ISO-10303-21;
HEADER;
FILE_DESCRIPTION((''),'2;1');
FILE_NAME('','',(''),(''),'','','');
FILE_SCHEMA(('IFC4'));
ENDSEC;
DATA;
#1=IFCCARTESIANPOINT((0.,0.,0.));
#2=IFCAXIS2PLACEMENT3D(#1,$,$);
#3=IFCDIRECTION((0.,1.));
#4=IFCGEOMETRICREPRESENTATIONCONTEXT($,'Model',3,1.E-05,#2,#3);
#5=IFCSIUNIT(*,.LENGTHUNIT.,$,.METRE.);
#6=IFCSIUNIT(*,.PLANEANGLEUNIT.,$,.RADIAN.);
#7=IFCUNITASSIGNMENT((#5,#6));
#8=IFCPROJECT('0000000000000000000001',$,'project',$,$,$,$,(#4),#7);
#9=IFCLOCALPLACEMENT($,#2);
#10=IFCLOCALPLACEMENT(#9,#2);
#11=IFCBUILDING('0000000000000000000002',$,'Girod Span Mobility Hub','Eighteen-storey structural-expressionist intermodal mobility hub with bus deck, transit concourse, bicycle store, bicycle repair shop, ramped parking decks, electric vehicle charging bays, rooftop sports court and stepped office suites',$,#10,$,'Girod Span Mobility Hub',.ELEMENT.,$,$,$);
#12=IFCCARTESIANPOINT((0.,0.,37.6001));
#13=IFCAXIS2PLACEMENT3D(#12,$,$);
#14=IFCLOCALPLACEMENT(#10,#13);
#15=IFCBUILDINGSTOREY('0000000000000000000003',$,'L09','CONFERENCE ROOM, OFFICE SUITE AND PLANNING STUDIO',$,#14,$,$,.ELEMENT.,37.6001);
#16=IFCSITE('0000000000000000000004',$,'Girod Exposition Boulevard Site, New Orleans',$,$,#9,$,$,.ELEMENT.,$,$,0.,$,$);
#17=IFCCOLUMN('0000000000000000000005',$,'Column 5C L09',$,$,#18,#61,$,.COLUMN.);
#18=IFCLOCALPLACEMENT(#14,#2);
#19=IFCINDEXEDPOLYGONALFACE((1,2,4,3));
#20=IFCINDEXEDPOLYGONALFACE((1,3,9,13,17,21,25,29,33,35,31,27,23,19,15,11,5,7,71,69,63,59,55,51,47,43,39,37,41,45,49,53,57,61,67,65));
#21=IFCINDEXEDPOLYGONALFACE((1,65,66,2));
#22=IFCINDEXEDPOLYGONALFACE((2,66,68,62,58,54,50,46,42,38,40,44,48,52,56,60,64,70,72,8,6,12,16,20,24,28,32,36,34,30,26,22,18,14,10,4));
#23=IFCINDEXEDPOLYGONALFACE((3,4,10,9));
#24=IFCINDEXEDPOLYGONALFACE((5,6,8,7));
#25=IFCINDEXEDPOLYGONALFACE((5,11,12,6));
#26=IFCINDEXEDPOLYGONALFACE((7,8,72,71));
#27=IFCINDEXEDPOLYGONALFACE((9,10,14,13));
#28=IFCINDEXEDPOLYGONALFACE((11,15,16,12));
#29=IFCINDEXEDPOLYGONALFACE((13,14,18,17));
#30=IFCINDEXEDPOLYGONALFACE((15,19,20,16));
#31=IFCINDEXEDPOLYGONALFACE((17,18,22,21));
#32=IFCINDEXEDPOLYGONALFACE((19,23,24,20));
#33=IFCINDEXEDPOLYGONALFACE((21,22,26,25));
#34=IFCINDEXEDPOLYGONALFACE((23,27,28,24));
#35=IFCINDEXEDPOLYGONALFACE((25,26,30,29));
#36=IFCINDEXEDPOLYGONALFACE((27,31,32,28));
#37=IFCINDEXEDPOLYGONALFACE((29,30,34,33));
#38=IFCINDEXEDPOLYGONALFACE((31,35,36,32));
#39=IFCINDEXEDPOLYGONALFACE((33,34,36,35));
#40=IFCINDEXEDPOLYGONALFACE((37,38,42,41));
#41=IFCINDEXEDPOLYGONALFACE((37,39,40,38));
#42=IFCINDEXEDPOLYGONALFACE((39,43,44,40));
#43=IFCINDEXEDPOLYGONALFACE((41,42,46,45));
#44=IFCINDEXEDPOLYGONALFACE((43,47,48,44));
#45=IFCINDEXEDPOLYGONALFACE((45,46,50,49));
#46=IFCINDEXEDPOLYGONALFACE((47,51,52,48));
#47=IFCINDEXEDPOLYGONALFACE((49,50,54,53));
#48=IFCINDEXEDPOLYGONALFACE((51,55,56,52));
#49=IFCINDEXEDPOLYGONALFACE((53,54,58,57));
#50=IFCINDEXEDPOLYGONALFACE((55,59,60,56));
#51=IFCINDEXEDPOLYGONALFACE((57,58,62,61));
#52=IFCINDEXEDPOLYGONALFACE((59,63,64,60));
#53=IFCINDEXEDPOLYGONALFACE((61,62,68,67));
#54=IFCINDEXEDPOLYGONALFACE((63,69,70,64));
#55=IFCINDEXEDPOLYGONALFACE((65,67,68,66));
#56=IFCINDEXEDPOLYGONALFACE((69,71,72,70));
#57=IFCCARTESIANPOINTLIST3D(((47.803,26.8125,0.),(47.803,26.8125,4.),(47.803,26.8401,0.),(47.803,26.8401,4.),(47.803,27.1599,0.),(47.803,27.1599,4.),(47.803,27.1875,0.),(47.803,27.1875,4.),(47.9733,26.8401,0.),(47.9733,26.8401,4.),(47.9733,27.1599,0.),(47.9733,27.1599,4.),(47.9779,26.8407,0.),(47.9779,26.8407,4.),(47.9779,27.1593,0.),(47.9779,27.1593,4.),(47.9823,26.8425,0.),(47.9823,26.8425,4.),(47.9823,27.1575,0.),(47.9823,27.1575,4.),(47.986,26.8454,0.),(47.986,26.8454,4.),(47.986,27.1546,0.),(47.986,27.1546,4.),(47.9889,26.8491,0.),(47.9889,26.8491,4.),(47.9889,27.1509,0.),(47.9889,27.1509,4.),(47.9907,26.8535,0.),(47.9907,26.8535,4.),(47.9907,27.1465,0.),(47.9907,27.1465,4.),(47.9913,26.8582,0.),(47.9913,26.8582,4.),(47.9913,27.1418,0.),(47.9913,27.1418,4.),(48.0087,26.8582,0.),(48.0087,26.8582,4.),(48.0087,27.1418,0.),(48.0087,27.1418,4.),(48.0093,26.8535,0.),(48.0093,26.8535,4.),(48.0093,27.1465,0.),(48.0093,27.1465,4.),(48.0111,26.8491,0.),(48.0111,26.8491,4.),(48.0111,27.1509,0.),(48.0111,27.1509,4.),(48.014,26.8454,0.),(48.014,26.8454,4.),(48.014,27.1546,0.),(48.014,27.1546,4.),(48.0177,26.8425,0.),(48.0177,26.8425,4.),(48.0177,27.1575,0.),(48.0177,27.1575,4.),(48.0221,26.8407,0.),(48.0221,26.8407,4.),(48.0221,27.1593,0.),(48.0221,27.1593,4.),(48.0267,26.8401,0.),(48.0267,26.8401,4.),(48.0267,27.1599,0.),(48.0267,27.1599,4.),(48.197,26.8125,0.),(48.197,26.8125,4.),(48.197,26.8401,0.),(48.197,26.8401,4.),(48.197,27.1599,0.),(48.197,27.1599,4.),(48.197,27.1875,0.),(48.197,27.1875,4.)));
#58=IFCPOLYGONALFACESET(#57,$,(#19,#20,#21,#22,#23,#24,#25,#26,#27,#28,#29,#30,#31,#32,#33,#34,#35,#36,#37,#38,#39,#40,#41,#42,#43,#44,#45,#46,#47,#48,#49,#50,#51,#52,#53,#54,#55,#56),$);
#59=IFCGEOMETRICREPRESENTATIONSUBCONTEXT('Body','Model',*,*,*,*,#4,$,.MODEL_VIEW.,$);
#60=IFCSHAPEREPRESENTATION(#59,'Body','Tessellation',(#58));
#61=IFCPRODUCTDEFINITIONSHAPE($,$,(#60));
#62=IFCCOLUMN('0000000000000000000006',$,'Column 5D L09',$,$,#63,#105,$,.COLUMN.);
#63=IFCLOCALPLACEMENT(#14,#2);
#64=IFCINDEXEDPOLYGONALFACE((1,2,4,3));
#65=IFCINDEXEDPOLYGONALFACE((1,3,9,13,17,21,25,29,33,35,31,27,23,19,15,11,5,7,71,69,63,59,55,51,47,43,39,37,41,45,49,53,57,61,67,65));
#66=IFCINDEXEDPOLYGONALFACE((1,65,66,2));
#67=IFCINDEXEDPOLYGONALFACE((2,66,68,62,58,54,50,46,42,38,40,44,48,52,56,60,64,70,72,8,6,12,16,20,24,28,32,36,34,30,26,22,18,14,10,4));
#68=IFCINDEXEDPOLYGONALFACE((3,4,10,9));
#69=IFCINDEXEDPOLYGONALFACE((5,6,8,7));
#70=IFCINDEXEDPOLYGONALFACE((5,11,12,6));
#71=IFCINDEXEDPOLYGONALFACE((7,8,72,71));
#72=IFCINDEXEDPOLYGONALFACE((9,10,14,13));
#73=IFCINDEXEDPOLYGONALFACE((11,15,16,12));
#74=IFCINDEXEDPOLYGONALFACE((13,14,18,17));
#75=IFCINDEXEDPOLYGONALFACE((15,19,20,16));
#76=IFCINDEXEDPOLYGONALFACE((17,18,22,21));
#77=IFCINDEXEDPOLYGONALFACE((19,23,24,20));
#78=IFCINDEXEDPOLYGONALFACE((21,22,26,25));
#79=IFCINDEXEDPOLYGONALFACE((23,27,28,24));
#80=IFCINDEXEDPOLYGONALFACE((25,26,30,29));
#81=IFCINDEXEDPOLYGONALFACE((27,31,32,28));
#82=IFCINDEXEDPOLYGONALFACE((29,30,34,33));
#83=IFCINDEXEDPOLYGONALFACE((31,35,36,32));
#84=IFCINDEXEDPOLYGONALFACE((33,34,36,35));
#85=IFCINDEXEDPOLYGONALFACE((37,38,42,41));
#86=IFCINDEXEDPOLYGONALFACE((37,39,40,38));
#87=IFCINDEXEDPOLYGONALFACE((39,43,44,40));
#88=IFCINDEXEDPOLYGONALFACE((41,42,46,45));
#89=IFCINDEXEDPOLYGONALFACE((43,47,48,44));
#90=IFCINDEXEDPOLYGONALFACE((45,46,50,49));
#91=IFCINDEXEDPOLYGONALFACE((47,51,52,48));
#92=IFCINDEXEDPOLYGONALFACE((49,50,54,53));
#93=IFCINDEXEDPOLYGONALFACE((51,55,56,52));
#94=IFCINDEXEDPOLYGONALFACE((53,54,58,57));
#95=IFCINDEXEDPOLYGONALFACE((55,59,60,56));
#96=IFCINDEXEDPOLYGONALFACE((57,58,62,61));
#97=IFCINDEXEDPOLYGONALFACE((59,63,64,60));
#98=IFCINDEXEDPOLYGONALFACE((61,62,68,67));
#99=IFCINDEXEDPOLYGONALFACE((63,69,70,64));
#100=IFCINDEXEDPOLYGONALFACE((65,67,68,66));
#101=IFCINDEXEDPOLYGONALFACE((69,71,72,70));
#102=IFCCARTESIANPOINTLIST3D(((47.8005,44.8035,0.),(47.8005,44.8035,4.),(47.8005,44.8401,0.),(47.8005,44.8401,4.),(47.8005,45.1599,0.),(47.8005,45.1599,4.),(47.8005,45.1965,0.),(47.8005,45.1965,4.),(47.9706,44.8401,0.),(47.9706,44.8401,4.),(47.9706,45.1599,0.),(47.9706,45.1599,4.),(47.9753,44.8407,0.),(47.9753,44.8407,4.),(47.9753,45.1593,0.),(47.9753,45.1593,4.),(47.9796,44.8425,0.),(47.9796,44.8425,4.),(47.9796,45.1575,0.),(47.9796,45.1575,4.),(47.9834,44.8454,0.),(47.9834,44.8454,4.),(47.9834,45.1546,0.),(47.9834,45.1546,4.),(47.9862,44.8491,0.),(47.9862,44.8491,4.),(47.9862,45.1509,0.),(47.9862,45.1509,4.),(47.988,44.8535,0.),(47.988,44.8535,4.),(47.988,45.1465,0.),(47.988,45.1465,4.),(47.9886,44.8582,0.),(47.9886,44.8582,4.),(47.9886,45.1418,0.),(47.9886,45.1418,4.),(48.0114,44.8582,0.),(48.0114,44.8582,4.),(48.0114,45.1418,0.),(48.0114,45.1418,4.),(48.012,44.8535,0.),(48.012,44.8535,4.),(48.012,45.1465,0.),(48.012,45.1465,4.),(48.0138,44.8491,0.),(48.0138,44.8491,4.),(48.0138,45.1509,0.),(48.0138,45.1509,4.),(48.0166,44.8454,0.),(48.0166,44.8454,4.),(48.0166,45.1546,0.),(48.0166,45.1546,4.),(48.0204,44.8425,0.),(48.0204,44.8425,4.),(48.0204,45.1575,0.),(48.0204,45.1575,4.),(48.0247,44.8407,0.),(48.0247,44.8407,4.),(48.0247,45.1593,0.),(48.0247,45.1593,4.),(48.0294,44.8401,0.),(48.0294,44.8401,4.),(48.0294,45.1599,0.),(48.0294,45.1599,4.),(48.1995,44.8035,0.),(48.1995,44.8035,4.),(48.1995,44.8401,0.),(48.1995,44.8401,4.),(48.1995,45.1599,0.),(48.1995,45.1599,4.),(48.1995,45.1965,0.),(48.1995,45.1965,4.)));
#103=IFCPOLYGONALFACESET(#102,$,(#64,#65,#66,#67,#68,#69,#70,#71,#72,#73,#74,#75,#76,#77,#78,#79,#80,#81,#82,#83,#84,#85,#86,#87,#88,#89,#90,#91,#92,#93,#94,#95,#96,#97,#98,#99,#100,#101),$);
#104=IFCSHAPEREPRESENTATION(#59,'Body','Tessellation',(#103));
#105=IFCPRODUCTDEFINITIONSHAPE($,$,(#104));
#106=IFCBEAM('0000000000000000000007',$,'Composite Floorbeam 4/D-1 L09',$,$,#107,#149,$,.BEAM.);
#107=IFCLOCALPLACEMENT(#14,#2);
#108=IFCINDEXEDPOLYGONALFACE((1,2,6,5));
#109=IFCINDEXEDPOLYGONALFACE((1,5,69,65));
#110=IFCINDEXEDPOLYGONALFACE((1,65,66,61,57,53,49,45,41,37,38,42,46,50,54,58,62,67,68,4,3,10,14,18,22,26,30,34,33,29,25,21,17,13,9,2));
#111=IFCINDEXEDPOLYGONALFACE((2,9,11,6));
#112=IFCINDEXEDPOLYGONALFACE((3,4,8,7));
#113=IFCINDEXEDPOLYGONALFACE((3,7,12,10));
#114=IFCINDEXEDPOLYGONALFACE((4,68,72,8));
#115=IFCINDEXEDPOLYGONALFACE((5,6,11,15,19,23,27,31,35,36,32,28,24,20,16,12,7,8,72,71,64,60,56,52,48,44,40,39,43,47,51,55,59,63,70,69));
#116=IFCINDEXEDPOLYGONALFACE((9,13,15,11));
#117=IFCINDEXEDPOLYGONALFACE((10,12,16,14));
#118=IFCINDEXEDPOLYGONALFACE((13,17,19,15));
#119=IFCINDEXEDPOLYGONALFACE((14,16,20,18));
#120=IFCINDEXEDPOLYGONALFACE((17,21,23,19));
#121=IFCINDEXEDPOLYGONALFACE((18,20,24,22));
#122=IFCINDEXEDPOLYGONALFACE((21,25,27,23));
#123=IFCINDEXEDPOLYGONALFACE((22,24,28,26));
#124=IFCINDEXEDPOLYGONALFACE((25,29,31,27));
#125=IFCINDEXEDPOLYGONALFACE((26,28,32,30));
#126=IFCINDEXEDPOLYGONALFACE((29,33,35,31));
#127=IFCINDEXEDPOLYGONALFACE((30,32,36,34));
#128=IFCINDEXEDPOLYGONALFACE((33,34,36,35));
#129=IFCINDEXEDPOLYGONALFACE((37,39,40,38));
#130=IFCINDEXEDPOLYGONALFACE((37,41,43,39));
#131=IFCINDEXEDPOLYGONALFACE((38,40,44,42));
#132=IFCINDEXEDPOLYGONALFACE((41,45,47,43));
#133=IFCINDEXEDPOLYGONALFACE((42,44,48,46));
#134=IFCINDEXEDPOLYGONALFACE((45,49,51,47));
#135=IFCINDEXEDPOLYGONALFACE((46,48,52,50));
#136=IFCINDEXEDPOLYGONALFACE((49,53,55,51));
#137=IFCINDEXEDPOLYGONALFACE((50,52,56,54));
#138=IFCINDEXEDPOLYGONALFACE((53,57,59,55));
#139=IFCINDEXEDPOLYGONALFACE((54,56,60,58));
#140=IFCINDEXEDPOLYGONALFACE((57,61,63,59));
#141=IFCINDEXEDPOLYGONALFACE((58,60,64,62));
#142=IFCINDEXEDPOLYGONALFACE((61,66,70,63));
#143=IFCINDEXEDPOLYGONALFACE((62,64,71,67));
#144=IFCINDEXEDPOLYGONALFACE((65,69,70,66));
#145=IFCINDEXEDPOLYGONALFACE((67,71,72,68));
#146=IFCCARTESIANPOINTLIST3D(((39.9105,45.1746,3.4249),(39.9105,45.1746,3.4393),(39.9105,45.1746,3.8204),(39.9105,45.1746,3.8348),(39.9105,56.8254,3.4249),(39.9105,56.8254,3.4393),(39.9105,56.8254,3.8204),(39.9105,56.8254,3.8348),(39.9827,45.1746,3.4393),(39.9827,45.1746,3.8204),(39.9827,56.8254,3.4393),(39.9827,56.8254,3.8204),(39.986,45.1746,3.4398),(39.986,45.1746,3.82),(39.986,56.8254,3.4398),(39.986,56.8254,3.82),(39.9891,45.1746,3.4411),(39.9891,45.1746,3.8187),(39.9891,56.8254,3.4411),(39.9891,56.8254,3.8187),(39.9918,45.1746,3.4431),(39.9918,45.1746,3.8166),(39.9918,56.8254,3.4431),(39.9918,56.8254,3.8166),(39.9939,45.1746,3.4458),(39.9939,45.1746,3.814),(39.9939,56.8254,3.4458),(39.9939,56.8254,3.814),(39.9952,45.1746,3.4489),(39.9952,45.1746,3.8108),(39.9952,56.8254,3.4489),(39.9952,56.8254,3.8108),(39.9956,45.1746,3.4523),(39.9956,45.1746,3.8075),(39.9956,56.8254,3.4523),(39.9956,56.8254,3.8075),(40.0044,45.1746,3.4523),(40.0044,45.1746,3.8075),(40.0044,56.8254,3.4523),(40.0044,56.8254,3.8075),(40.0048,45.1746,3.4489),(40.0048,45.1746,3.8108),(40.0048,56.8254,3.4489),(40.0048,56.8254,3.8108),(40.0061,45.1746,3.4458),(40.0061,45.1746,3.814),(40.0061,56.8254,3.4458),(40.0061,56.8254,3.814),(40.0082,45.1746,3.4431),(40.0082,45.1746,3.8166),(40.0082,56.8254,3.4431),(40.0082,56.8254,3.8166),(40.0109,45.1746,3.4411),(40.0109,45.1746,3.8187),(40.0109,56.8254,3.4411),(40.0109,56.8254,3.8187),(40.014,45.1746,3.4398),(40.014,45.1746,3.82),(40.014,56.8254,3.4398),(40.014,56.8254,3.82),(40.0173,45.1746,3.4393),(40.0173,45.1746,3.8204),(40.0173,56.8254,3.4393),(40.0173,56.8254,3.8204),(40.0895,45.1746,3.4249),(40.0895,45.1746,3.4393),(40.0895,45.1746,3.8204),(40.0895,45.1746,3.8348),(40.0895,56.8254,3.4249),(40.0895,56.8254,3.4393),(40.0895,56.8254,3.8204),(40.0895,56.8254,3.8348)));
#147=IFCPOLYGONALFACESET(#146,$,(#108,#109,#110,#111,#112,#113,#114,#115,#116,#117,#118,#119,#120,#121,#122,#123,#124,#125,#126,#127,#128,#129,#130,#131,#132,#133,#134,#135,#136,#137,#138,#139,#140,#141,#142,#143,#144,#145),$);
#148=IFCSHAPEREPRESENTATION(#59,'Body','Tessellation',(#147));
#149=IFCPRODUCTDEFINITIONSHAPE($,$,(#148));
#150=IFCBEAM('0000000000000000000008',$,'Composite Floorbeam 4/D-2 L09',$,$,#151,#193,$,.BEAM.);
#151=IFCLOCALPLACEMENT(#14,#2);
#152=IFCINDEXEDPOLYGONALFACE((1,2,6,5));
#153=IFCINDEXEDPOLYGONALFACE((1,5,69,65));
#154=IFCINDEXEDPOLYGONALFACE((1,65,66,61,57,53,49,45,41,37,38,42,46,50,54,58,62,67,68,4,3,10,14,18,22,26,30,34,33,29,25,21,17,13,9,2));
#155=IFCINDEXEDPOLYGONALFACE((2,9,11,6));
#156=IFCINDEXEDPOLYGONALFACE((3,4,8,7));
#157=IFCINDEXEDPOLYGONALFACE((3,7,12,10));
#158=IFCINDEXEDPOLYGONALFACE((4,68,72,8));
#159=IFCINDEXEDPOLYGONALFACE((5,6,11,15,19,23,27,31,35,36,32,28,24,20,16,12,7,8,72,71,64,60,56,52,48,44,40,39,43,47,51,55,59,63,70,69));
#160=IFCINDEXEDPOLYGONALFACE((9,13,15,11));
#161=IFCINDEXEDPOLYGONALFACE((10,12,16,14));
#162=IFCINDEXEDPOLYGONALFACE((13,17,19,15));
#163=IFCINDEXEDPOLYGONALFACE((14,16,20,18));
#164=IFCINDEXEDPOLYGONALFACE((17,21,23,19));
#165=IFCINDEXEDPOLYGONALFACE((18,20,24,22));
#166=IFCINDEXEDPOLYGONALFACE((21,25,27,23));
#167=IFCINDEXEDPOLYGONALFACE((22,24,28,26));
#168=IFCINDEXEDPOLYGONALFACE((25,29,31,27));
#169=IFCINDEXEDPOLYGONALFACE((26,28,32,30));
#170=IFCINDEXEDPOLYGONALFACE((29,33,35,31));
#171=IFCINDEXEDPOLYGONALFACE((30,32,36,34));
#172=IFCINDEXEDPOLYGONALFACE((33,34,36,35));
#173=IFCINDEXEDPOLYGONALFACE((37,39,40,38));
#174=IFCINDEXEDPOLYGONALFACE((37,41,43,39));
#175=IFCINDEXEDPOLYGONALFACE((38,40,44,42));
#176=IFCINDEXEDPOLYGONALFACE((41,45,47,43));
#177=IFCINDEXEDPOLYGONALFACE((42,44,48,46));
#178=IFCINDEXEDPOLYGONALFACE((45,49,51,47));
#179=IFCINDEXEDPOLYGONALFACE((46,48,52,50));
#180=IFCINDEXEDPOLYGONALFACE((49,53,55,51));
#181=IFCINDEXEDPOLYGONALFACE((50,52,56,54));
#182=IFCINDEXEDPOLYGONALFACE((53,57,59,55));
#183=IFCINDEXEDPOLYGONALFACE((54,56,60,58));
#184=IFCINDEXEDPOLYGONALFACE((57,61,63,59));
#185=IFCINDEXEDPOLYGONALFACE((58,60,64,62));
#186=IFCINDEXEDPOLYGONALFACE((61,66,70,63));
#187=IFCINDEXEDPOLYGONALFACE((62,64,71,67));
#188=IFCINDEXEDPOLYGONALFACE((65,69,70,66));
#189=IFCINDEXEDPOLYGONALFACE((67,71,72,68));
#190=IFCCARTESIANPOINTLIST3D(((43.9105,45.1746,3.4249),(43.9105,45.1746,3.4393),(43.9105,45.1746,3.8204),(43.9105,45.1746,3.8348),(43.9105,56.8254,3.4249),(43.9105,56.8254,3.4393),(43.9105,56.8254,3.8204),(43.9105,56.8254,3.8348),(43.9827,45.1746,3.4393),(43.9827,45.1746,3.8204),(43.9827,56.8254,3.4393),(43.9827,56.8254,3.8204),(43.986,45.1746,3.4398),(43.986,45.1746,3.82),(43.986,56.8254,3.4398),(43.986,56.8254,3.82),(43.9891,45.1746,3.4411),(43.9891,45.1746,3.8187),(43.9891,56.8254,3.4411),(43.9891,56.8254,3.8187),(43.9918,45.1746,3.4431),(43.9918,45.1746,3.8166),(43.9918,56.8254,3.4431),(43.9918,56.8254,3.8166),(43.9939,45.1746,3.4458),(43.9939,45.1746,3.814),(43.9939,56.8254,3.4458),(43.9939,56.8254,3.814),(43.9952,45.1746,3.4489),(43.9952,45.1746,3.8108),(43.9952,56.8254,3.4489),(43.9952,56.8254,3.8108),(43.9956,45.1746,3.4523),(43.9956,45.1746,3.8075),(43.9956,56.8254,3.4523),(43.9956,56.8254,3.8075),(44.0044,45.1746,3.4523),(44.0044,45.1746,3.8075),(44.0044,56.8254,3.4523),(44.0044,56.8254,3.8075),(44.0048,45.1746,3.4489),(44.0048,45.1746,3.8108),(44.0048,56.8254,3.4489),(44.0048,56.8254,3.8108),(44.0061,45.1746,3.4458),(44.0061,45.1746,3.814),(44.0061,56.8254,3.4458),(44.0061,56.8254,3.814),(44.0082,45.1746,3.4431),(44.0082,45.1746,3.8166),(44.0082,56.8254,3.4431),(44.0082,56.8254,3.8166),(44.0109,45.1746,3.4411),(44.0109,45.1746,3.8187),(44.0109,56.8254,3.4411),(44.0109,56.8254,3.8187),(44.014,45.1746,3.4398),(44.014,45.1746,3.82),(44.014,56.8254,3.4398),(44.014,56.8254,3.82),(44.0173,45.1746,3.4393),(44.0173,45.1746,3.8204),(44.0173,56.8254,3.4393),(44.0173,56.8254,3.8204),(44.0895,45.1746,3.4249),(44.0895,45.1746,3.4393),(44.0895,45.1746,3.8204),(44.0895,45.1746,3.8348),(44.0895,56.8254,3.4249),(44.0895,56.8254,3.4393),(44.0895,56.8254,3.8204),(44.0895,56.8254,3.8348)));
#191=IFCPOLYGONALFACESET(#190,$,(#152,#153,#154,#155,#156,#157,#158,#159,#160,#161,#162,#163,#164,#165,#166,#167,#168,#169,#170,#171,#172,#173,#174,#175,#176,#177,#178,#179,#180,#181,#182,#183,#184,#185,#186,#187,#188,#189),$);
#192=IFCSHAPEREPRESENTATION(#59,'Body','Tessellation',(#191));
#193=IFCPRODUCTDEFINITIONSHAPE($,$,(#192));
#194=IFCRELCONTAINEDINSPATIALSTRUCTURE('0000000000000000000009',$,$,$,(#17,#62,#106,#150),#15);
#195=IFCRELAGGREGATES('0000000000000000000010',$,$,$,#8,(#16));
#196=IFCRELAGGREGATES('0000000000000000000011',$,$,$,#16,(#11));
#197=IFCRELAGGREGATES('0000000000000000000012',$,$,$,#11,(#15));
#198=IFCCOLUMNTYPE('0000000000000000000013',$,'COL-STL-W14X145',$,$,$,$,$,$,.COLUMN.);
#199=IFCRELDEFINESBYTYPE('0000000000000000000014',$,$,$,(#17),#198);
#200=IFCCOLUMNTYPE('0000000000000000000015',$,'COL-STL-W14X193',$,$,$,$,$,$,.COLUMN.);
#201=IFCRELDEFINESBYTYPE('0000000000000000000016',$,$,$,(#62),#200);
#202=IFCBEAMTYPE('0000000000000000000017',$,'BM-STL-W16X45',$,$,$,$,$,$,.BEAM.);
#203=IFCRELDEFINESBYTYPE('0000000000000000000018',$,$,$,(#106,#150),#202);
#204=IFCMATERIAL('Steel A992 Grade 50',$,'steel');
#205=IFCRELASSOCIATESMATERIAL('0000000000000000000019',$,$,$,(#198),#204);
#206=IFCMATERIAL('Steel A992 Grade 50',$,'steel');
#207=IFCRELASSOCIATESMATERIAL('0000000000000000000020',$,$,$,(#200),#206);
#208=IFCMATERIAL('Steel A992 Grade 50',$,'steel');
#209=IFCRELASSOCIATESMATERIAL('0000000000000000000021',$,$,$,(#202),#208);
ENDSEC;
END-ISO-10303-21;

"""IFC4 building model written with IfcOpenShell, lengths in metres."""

from ifc_helpers import new_model, si_unit, direction, frame, origin, origin_2d, place, context, subcontext, project, spatial, i_section, extrude, material, material_profile, profile_set, type_object, element, save


model = new_model("IFC4")

# Units and contexts
model_context = context("Model", 3, precision=1e-05, world=origin(), true_north=direction((0.0, 1.0)))
body_context = subcontext(model_context, "Body", "Model", "MODEL_VIEW")
ifc_project = project(units=[si_unit("LENGTHUNIT", "METRE"), si_unit("PLANEANGLEUNIT", "RADIAN")], contexts=[model_context])

# Site, building, storey
site_placement = place(None, origin())
site = spatial("IfcSite", under=ifc_project, at=site_placement, Name="Girod Exposition Boulevard Site, New Orleans", CompositionType="ELEMENT", RefElevation=0.0)
building_placement = place(site_placement, origin())
building = spatial("IfcBuilding", under=site, at=building_placement, Name="Girod Span Mobility Hub", Description="Eighteen-storey structural-expressionist intermodal mobility hub with bus deck, transit concourse, bicycle store, bicycle repair shop, ramped parking decks, electric vehicle charging bays, rooftop sports court and stepped office suites", LongName="Girod Span Mobility Hub", CompositionType="ELEMENT")
storey_placement = place(building_placement, frame((0.0, 0.0, 37.6001)))
storey = spatial("IfcBuildingStorey", under=building, at=storey_placement, Name="L09", Description="CONFERENCE ROOM, OFFICE SUITE AND PLANNING STUDIO", CompositionType="ELEMENT", Elevation=37.6001)

# Columns
ifc_material_1 = material(Name="Steel A992 Grade 50", Category="steel")
ifc_material_profile_1 = material_profile(ifc_material_1, i_section(OverallWidth=0.394, OverallDepth=0.375, WebThickness=0.0173, FlangeThickness=0.0276, FilletRadius=0.0181, at=origin_2d()), Name="W14X145")
ifc_profile_set_1 = profile_set([ifc_material_profile_1], Name="Steel A992 Grade 50")
column_type_1 = type_object("IfcColumnType", Name="COL-STL-W14X145", PredefinedType="COLUMN", material=ifc_profile_set_1)
column_1_placement = place(storey_placement, frame((48.0, 27.0, 0.0), z_axis=(0.0, 0.0, 1.0), x_axis=(1.0, 0.0, 0.0)))
element("IfcColumn", 1, at=column_1_placement, inside=storey, type_object=column_type_1, Name="Column 5C L09", PredefinedType="COLUMN", context=body_context, shape_type="SweptSolid", body=[
    extrude(i_section(OverallWidth=0.394, OverallDepth=0.375, WebThickness=0.0173, FlangeThickness=0.0276, FilletRadius=0.0181, at=origin_2d()), origin(), (0.0, 0.0, 1.0), 4.0),
])
ifc_material_2 = material(Name="Steel A992 Grade 50", Category="steel")
ifc_material_profile_2 = material_profile(ifc_material_2, i_section(OverallWidth=0.3989, OverallDepth=0.3931, WebThickness=0.0227, FlangeThickness=0.0366, FilletRadius=0.0181, at=origin_2d()), Name="W14X193")
ifc_profile_set_2 = profile_set([ifc_material_profile_2], Name="Steel A992 Grade 50")
column_type_2 = type_object("IfcColumnType", Name="COL-STL-W14X193", PredefinedType="COLUMN", material=ifc_profile_set_2)
column_2_placement = place(storey_placement, frame((48.0, 45.0, 0.0), z_axis=(0.0, 0.0, 1.0), x_axis=(1.0, 0.0, 0.0)))
element("IfcColumn", 2, at=column_2_placement, inside=storey, type_object=column_type_2, Name="Column 5D L09", PredefinedType="COLUMN", context=body_context, shape_type="SweptSolid", body=[
    extrude(i_section(OverallWidth=0.3989, OverallDepth=0.3931, WebThickness=0.0227, FlangeThickness=0.0366, FilletRadius=0.0181, at=origin_2d()), origin(), (0.0, 0.0, 1.0), 4.0),
])

# Beams
ifc_material_3 = material(Name="Steel A992 Grade 50", Category="steel")
ifc_material_profile_3 = material_profile(ifc_material_3, i_section(OverallWidth=0.179, OverallDepth=0.4099, WebThickness=0.0088, FlangeThickness=0.0144, FilletRadius=0.0129, at=origin_2d()), Name="W16X45")
ifc_profile_set_3 = profile_set([ifc_material_profile_3], Name="Steel A992 Grade 50")
beam_type_1 = type_object("IfcBeamType", Name="BM-STL-W16X45", PredefinedType="BEAM", material=ifc_profile_set_3)
for number, where, z_axis, x_axis, name in (
    (3, (40.0, 45.1746, 3.6299), (0.0, 1.0, 0.0), (-1.0, 0.0, 0.0), "Composite Floorbeam 4/D-1 L09"),
    (4, (44.0, 45.1746, 3.6299), (0.0, 1.0, 0.0), (-1.0, 0.0, 0.0), "Composite Floorbeam 4/D-2 L09"),
):
    element("IfcBeam", number, at=place(storey_placement, frame(where, z_axis=z_axis, x_axis=x_axis)), inside=storey, type_object=beam_type_1, Name=name, PredefinedType="BEAM", context=body_context, shape_type="SweptSolid", body=[
        extrude(i_section(OverallWidth=0.179, OverallDepth=0.4099, WebThickness=0.0088, FlangeThickness=0.0144, FilletRadius=0.0129, at=origin_2d()), origin(), (0.0, 0.0, 1.0), 11.6509),
    ])

save(model, "model.ifc")
